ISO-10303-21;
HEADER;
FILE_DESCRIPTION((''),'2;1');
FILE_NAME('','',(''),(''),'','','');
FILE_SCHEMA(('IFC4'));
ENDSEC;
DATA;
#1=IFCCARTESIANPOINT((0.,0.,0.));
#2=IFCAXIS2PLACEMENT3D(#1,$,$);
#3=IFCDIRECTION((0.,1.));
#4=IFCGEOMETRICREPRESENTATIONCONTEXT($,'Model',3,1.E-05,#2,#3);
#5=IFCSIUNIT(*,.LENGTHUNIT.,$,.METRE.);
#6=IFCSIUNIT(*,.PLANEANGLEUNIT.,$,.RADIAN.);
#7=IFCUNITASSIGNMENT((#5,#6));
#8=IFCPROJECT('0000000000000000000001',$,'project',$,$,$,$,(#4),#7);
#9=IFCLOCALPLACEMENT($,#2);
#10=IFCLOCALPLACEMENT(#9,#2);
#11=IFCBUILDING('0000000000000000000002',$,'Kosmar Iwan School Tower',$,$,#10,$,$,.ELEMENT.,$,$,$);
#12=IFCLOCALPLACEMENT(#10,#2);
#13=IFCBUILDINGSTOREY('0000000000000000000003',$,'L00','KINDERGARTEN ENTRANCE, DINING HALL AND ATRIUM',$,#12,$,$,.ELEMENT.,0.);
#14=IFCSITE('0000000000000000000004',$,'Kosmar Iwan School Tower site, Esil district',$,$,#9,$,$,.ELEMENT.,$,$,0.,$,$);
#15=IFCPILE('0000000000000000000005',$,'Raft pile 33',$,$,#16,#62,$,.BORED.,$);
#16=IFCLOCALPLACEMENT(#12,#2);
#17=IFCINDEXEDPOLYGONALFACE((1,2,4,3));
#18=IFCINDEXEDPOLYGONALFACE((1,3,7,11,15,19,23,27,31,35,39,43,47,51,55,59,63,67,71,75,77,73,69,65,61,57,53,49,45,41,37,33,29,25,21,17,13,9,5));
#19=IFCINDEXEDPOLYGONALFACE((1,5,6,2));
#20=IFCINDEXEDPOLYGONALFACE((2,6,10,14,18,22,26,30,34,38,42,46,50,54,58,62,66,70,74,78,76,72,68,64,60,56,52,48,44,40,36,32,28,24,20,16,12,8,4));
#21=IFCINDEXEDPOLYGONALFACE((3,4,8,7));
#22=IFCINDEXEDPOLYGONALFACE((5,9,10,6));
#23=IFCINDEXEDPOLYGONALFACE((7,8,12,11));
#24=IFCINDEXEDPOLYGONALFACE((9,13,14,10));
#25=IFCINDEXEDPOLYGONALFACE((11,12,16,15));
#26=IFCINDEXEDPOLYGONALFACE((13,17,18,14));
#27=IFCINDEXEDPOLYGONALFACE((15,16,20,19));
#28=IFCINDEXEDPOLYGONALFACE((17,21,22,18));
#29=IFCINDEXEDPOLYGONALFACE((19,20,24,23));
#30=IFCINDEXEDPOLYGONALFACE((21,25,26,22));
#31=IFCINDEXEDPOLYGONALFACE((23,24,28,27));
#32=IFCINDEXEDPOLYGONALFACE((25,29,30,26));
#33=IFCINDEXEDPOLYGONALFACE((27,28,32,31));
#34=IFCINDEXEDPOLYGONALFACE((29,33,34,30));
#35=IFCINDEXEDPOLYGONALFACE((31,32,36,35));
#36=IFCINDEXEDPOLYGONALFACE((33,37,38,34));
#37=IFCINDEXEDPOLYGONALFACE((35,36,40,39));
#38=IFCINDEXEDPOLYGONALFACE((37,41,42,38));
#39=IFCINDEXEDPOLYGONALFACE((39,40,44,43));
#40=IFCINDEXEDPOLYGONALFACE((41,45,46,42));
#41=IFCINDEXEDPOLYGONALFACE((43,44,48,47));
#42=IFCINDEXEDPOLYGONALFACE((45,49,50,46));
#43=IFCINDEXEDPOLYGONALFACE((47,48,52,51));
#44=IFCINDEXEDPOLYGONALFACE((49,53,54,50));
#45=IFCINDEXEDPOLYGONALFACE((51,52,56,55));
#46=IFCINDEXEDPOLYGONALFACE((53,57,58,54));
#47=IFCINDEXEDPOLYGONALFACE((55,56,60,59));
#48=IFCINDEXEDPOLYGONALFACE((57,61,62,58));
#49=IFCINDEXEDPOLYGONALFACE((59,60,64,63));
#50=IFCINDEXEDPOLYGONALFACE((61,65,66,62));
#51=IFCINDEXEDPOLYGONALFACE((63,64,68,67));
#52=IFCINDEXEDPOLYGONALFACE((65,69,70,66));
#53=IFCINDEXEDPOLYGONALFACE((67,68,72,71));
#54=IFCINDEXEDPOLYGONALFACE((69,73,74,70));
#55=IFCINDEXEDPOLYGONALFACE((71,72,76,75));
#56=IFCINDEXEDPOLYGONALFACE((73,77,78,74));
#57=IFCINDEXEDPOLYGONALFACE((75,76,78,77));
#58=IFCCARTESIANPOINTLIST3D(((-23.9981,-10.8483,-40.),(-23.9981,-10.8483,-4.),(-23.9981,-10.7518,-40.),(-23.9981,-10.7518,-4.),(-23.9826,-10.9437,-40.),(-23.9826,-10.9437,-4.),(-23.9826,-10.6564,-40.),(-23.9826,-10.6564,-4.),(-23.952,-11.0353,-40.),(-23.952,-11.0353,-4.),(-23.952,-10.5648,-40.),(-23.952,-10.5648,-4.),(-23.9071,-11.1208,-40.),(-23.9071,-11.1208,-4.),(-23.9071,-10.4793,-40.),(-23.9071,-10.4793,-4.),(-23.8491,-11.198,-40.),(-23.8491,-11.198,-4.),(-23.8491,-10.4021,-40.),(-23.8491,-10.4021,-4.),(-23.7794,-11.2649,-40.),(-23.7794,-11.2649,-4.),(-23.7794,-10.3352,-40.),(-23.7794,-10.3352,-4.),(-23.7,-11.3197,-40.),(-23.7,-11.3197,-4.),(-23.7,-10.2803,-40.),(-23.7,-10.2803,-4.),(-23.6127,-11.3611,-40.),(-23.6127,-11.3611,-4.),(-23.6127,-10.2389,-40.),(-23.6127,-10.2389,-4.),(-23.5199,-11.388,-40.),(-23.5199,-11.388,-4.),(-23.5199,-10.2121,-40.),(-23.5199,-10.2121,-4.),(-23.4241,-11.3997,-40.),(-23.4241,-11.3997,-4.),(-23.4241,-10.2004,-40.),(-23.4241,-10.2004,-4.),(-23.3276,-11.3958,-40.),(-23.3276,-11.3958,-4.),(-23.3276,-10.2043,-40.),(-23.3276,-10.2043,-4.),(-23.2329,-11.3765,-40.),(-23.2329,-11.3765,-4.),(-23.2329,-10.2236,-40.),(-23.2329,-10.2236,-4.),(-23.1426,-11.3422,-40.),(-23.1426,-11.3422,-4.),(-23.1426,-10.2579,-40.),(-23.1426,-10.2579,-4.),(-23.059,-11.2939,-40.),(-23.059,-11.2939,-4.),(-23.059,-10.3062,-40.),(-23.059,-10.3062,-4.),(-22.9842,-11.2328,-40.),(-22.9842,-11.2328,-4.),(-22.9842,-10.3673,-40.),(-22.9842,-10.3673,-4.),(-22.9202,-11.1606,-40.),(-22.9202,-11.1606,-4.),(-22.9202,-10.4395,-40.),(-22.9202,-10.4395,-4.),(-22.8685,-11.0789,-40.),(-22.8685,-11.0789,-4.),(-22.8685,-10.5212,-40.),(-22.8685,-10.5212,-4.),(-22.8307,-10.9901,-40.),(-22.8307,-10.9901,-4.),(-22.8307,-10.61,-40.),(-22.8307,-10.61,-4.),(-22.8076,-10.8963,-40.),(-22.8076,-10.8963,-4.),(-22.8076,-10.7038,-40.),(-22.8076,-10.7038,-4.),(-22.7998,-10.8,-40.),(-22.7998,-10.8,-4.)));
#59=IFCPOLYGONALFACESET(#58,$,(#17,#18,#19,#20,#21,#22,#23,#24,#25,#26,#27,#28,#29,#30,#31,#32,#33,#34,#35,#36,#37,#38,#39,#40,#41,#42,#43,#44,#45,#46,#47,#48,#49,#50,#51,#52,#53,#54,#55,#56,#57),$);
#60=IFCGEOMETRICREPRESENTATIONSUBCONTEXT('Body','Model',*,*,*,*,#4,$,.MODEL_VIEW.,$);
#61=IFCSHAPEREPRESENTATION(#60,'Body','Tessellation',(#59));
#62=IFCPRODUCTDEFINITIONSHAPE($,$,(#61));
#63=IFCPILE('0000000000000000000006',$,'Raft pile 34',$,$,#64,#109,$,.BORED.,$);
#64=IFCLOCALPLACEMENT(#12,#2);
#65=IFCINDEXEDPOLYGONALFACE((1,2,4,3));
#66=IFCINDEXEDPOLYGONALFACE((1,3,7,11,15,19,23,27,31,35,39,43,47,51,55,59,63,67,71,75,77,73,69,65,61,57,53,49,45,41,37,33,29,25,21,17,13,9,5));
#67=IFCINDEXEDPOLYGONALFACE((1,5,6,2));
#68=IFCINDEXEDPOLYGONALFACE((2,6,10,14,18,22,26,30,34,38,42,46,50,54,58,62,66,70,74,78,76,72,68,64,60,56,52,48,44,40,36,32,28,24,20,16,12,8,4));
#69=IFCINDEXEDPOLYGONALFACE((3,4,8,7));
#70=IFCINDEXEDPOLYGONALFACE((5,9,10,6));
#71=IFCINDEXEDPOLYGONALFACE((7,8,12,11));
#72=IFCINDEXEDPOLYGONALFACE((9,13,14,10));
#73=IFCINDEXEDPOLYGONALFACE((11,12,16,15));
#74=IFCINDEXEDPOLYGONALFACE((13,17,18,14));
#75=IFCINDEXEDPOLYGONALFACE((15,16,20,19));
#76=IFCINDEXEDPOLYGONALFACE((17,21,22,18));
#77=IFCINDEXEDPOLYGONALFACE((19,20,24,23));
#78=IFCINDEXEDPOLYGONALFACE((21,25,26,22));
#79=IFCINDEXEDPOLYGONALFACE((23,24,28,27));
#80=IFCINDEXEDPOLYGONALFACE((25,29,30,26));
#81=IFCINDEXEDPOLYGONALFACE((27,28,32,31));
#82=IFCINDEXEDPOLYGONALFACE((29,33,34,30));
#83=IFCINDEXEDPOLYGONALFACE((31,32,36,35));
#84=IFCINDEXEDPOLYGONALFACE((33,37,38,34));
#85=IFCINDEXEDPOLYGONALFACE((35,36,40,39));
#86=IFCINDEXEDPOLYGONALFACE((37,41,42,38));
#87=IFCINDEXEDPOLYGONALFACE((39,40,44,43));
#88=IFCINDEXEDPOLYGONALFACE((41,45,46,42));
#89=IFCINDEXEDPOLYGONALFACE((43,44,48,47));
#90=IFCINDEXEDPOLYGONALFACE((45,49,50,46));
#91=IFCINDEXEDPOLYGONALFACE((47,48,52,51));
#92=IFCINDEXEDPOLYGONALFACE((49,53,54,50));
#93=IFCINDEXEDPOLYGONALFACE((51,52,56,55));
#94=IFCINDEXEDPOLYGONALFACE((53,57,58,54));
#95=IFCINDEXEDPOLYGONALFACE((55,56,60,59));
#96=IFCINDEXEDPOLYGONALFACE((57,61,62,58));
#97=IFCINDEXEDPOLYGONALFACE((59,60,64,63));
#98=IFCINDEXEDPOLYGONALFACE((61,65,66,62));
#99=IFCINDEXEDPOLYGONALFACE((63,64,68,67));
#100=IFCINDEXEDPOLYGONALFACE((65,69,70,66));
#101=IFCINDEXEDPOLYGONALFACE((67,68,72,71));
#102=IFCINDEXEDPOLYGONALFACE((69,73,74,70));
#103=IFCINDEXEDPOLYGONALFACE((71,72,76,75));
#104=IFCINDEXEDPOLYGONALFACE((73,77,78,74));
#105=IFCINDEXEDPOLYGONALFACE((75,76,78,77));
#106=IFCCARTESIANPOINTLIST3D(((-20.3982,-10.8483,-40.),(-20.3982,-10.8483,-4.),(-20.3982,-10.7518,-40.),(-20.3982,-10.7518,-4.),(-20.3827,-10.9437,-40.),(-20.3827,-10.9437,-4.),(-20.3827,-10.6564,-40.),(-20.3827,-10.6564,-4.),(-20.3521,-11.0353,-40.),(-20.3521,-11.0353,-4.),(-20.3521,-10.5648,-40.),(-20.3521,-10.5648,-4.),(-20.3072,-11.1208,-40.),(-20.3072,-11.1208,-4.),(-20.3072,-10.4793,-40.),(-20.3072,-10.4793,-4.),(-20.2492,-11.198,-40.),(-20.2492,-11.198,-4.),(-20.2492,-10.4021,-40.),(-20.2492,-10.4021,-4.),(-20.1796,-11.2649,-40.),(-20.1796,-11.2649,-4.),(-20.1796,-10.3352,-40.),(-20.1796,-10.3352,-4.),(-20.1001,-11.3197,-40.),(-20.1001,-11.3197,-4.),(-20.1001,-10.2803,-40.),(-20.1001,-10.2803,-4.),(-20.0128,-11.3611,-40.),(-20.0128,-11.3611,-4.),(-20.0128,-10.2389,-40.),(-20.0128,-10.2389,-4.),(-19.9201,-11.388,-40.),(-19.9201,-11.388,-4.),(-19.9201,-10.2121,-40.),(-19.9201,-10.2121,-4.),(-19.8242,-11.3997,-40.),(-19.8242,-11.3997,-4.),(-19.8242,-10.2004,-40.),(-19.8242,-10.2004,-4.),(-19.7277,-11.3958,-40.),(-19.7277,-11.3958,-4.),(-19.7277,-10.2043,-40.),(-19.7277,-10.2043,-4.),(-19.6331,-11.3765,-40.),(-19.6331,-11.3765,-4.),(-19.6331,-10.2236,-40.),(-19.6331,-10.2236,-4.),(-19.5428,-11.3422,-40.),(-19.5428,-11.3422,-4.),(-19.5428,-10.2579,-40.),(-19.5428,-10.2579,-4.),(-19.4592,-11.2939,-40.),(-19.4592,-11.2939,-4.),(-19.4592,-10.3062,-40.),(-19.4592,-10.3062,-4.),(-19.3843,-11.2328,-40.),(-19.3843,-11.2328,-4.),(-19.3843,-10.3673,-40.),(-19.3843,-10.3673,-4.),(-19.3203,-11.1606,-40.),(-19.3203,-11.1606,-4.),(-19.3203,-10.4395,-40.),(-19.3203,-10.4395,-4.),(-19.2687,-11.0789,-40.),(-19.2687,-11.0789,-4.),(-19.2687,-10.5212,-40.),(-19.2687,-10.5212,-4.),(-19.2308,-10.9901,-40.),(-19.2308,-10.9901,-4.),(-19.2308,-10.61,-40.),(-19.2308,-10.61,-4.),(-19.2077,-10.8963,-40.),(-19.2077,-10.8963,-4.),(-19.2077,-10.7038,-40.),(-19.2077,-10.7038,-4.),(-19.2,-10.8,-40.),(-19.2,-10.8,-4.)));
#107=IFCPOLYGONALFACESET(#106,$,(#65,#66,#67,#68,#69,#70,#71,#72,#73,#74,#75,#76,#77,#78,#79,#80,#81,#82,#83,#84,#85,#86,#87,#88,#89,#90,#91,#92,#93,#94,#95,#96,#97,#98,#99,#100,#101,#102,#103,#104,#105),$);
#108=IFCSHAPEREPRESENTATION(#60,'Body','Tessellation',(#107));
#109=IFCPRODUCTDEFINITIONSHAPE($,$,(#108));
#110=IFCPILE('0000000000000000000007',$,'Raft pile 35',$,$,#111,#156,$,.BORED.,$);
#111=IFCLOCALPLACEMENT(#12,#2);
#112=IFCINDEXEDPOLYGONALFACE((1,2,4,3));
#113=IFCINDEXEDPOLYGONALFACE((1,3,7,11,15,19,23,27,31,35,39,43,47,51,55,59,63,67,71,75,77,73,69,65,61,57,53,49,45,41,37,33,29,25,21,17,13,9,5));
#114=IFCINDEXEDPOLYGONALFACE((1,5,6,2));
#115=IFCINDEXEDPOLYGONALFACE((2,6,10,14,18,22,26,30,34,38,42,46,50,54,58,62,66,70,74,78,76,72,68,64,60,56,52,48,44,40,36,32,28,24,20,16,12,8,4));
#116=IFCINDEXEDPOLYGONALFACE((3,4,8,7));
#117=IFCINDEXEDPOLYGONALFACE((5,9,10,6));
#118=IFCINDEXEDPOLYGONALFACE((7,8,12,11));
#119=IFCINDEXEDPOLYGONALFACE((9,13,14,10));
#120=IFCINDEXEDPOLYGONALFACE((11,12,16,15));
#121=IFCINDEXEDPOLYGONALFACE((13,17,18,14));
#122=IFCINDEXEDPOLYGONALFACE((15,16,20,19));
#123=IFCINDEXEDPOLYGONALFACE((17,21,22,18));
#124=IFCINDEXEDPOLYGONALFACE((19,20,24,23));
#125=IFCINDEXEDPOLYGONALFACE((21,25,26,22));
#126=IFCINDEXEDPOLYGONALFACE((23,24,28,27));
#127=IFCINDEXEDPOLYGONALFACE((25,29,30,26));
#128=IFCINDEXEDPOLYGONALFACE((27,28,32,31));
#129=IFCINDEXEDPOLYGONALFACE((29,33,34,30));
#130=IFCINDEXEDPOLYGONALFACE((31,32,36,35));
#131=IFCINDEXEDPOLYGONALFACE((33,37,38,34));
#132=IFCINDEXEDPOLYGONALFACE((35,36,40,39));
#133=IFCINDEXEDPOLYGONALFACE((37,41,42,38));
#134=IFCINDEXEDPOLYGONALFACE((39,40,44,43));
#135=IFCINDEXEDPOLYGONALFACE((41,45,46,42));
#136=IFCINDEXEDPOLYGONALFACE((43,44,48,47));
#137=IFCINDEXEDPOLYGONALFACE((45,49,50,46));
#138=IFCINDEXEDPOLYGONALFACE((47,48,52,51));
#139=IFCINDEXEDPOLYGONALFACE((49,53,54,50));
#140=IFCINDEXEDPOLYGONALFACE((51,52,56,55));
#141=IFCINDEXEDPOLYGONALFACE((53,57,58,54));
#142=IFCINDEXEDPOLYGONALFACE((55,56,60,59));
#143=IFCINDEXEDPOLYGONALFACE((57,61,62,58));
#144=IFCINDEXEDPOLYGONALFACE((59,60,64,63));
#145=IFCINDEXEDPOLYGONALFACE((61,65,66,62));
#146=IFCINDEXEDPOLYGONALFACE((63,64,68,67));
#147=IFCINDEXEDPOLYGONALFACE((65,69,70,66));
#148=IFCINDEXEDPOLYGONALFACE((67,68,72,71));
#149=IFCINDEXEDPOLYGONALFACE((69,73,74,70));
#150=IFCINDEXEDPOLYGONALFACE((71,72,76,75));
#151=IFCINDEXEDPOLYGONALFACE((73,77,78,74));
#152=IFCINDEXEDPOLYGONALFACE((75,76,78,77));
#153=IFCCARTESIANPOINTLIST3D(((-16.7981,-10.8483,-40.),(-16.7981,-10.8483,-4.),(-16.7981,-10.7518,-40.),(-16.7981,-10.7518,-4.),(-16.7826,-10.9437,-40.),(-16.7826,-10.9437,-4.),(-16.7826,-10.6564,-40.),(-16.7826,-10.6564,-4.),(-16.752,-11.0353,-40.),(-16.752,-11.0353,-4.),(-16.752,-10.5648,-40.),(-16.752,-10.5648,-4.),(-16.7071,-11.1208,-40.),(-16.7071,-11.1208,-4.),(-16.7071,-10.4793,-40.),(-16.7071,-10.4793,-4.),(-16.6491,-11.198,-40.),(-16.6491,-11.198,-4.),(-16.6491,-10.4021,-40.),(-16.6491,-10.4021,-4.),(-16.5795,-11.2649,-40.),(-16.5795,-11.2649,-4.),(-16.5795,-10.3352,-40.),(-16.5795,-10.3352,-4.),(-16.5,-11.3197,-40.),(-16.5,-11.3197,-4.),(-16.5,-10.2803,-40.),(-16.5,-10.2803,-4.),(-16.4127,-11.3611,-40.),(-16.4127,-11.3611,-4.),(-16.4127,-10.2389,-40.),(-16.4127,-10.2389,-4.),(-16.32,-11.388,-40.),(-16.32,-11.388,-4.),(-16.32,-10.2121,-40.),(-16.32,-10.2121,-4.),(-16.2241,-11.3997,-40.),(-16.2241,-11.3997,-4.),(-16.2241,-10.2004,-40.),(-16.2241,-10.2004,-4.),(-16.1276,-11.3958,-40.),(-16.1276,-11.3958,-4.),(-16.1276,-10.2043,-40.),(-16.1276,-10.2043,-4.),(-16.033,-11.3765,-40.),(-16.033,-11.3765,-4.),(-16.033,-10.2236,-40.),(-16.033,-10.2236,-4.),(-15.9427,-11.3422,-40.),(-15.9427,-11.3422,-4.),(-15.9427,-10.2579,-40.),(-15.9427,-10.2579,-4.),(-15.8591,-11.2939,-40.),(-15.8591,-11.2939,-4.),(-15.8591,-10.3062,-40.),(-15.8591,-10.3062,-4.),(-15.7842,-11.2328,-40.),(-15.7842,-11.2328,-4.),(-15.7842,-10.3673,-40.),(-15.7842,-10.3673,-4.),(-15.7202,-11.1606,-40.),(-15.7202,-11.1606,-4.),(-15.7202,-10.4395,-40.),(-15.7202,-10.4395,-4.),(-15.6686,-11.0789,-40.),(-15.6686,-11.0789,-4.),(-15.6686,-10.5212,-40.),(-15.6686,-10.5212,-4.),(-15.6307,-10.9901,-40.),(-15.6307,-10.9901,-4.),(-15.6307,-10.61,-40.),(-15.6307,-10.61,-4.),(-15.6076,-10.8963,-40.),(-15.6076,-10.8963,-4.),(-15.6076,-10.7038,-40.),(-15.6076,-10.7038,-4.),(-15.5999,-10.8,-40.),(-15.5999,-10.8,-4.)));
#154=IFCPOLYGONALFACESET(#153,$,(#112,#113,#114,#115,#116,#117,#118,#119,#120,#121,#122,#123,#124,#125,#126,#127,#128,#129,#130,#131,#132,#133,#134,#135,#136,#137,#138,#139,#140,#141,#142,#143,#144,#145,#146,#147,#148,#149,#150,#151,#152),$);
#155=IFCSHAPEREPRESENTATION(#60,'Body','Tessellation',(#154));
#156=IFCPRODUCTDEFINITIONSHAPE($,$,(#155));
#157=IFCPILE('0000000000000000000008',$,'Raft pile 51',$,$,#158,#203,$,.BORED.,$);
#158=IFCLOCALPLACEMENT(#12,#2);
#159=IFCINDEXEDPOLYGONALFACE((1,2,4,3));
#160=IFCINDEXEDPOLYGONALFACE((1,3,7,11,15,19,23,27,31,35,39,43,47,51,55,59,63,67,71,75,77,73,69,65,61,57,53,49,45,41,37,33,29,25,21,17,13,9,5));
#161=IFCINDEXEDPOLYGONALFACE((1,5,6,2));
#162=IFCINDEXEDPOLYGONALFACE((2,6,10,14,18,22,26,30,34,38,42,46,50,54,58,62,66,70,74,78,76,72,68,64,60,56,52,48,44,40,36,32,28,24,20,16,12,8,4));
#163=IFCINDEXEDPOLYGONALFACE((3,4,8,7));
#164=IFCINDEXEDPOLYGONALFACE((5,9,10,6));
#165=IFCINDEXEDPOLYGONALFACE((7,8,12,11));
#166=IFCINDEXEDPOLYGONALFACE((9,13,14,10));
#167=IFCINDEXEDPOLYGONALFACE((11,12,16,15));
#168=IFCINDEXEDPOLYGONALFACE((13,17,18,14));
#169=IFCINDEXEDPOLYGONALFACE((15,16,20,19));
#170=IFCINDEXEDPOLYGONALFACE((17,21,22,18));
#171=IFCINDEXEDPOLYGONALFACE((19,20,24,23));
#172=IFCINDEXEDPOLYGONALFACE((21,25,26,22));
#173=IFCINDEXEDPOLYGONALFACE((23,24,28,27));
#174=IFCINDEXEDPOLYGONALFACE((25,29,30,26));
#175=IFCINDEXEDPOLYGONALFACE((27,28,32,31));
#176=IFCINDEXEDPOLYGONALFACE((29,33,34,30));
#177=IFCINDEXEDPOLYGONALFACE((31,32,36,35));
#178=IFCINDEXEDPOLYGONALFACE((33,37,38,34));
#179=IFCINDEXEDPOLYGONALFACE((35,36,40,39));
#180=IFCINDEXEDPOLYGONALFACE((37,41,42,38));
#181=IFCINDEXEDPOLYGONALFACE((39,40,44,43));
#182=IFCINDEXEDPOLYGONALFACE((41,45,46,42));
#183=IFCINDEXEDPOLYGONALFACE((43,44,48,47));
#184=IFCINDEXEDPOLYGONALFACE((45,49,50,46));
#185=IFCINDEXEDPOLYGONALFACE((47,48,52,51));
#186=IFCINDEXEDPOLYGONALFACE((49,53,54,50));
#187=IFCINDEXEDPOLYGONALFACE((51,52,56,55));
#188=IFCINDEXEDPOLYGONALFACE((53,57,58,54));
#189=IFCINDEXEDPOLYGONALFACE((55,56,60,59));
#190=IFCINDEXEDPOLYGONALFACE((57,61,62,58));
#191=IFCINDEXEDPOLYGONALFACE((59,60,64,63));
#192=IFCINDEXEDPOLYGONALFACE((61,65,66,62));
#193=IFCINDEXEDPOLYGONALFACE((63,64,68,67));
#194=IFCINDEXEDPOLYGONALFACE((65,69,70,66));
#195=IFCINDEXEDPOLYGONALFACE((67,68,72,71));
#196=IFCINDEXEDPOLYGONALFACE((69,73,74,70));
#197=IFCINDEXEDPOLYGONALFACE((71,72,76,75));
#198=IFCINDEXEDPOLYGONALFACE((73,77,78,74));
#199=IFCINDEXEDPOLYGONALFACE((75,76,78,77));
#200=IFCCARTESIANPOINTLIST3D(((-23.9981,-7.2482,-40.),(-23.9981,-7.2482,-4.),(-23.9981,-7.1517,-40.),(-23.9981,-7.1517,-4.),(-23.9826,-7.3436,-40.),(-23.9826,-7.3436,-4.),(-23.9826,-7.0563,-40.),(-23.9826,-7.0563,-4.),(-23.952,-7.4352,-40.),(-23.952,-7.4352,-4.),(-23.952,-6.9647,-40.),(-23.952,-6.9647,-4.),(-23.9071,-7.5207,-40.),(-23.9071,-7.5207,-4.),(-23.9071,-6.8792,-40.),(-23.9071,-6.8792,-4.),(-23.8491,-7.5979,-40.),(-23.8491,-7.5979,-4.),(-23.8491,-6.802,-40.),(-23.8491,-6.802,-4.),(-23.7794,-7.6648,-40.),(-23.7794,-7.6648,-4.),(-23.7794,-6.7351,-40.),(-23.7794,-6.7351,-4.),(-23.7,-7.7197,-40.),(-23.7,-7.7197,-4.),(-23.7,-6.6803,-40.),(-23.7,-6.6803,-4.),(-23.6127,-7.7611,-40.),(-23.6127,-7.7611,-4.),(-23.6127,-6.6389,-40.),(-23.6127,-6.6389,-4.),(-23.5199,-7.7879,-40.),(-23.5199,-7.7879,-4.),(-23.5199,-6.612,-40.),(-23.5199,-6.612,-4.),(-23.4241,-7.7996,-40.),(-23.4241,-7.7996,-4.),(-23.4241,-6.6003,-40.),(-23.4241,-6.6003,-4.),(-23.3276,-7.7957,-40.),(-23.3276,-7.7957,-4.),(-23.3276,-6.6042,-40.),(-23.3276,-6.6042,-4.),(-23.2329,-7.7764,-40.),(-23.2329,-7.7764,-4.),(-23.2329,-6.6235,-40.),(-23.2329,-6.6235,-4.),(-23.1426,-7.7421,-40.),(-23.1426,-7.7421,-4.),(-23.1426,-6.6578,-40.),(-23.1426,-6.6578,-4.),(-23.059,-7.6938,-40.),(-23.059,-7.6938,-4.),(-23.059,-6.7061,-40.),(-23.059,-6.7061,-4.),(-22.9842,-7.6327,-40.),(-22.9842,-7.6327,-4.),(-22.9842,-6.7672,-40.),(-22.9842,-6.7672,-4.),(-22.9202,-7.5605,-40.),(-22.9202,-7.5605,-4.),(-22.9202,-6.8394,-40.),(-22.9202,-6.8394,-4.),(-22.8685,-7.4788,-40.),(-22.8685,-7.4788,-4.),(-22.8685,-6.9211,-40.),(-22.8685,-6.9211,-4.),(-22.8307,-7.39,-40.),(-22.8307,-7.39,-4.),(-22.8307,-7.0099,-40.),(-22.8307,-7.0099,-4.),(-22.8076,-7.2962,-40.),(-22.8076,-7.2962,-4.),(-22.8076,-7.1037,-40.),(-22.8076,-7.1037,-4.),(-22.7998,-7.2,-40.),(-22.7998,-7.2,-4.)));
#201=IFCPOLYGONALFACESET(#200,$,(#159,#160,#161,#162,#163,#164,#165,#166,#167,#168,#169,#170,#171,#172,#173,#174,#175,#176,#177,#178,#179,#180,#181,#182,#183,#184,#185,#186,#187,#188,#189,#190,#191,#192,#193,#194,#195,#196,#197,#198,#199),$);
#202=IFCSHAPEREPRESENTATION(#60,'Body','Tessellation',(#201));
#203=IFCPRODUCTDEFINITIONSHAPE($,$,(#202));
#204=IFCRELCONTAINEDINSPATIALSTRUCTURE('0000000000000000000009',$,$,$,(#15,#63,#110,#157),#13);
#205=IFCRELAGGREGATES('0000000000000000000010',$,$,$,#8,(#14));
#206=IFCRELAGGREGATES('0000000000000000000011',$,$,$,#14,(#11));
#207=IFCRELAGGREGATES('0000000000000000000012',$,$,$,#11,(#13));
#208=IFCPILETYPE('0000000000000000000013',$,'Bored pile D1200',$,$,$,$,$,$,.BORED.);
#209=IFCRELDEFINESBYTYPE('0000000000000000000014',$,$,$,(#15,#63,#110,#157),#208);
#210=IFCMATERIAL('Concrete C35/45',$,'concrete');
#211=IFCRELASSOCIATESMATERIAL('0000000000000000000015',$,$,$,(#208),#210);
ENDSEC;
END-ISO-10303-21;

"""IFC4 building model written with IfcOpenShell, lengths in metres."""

from ifc_helpers import new_model, si_unit, direction, frame, origin, origin_2d, place, context, subcontext, project, spatial, circle, extrude, material, material_profile, profile_set, type_object, element, save


model = new_model("IFC4")

# Units and contexts
model_context = context("Model", 3, precision=1e-05, world=origin(), true_north=direction((0.0, 1.0)))
body_context = subcontext(model_context, "Body", "Model", "MODEL_VIEW")
ifc_project = project(units=[si_unit("LENGTHUNIT", "METRE"), si_unit("PLANEANGLEUNIT", "RADIAN")], contexts=[model_context])

# Site, building, storey
site_placement = place(None, origin())
site = spatial("IfcSite", under=ifc_project, at=site_placement, Name="Kosmar Iwan School Tower site, Esil district", CompositionType="ELEMENT", RefElevation=0.0)
building_placement = place(site_placement, origin())
building = spatial("IfcBuilding", under=site, at=building_placement, Name="Kosmar Iwan School Tower", CompositionType="ELEMENT")
storey_placement = place(building_placement, origin())
storey = spatial("IfcBuildingStorey", under=building, at=storey_placement, Name="L00", Description="KINDERGARTEN ENTRANCE, DINING HALL AND ATRIUM", CompositionType="ELEMENT", Elevation=0.0)

# Piles
ifc_material_1 = material(Name="Concrete C35/45", Category="concrete")
ifc_material_profile_1 = material_profile(ifc_material_1, circle(Radius=0.6001, at=origin_2d()), Name="D1200")
ifc_profile_set_1 = profile_set([ifc_material_profile_1], Name="Concrete C35/45")
pile_type = type_object("IfcPileType", Name="Bored pile D1200", PredefinedType="BORED", material=ifc_profile_set_1)
for number, where, z_axis, x_axis, name in (
    (1, (-23.3999, -10.8, -4.0), (0.0, 0.0, -1.0), (1.0, 0.0, 0.0), "Raft pile 33"),
    (2, (-19.8, -10.8, -4.0), (0.0, 0.0, -1.0), (1.0, 0.0, 0.0), "Raft pile 34"),
    (3, (-16.2, -10.8, -4.0), (0.0, 0.0, -1.0), (1.0, 0.0, 0.0), "Raft pile 35"),
    (4, (-23.3999, -7.2, -4.0), (0.0, 0.0, -1.0), (1.0, 0.0, 0.0), "Raft pile 51"),
):
    element("IfcPile", number, at=place(storey_placement, frame(where, z_axis=z_axis, x_axis=x_axis)), inside=storey, type_object=pile_type, Name=name, PredefinedType="BORED", context=body_context, shape_type="SweptSolid", body=[
        extrude(circle(Radius=0.6001, at=origin_2d()), origin(), (0.0, 0.0, 1.0), 36.0),
    ])

save(model, "model.ifc")
